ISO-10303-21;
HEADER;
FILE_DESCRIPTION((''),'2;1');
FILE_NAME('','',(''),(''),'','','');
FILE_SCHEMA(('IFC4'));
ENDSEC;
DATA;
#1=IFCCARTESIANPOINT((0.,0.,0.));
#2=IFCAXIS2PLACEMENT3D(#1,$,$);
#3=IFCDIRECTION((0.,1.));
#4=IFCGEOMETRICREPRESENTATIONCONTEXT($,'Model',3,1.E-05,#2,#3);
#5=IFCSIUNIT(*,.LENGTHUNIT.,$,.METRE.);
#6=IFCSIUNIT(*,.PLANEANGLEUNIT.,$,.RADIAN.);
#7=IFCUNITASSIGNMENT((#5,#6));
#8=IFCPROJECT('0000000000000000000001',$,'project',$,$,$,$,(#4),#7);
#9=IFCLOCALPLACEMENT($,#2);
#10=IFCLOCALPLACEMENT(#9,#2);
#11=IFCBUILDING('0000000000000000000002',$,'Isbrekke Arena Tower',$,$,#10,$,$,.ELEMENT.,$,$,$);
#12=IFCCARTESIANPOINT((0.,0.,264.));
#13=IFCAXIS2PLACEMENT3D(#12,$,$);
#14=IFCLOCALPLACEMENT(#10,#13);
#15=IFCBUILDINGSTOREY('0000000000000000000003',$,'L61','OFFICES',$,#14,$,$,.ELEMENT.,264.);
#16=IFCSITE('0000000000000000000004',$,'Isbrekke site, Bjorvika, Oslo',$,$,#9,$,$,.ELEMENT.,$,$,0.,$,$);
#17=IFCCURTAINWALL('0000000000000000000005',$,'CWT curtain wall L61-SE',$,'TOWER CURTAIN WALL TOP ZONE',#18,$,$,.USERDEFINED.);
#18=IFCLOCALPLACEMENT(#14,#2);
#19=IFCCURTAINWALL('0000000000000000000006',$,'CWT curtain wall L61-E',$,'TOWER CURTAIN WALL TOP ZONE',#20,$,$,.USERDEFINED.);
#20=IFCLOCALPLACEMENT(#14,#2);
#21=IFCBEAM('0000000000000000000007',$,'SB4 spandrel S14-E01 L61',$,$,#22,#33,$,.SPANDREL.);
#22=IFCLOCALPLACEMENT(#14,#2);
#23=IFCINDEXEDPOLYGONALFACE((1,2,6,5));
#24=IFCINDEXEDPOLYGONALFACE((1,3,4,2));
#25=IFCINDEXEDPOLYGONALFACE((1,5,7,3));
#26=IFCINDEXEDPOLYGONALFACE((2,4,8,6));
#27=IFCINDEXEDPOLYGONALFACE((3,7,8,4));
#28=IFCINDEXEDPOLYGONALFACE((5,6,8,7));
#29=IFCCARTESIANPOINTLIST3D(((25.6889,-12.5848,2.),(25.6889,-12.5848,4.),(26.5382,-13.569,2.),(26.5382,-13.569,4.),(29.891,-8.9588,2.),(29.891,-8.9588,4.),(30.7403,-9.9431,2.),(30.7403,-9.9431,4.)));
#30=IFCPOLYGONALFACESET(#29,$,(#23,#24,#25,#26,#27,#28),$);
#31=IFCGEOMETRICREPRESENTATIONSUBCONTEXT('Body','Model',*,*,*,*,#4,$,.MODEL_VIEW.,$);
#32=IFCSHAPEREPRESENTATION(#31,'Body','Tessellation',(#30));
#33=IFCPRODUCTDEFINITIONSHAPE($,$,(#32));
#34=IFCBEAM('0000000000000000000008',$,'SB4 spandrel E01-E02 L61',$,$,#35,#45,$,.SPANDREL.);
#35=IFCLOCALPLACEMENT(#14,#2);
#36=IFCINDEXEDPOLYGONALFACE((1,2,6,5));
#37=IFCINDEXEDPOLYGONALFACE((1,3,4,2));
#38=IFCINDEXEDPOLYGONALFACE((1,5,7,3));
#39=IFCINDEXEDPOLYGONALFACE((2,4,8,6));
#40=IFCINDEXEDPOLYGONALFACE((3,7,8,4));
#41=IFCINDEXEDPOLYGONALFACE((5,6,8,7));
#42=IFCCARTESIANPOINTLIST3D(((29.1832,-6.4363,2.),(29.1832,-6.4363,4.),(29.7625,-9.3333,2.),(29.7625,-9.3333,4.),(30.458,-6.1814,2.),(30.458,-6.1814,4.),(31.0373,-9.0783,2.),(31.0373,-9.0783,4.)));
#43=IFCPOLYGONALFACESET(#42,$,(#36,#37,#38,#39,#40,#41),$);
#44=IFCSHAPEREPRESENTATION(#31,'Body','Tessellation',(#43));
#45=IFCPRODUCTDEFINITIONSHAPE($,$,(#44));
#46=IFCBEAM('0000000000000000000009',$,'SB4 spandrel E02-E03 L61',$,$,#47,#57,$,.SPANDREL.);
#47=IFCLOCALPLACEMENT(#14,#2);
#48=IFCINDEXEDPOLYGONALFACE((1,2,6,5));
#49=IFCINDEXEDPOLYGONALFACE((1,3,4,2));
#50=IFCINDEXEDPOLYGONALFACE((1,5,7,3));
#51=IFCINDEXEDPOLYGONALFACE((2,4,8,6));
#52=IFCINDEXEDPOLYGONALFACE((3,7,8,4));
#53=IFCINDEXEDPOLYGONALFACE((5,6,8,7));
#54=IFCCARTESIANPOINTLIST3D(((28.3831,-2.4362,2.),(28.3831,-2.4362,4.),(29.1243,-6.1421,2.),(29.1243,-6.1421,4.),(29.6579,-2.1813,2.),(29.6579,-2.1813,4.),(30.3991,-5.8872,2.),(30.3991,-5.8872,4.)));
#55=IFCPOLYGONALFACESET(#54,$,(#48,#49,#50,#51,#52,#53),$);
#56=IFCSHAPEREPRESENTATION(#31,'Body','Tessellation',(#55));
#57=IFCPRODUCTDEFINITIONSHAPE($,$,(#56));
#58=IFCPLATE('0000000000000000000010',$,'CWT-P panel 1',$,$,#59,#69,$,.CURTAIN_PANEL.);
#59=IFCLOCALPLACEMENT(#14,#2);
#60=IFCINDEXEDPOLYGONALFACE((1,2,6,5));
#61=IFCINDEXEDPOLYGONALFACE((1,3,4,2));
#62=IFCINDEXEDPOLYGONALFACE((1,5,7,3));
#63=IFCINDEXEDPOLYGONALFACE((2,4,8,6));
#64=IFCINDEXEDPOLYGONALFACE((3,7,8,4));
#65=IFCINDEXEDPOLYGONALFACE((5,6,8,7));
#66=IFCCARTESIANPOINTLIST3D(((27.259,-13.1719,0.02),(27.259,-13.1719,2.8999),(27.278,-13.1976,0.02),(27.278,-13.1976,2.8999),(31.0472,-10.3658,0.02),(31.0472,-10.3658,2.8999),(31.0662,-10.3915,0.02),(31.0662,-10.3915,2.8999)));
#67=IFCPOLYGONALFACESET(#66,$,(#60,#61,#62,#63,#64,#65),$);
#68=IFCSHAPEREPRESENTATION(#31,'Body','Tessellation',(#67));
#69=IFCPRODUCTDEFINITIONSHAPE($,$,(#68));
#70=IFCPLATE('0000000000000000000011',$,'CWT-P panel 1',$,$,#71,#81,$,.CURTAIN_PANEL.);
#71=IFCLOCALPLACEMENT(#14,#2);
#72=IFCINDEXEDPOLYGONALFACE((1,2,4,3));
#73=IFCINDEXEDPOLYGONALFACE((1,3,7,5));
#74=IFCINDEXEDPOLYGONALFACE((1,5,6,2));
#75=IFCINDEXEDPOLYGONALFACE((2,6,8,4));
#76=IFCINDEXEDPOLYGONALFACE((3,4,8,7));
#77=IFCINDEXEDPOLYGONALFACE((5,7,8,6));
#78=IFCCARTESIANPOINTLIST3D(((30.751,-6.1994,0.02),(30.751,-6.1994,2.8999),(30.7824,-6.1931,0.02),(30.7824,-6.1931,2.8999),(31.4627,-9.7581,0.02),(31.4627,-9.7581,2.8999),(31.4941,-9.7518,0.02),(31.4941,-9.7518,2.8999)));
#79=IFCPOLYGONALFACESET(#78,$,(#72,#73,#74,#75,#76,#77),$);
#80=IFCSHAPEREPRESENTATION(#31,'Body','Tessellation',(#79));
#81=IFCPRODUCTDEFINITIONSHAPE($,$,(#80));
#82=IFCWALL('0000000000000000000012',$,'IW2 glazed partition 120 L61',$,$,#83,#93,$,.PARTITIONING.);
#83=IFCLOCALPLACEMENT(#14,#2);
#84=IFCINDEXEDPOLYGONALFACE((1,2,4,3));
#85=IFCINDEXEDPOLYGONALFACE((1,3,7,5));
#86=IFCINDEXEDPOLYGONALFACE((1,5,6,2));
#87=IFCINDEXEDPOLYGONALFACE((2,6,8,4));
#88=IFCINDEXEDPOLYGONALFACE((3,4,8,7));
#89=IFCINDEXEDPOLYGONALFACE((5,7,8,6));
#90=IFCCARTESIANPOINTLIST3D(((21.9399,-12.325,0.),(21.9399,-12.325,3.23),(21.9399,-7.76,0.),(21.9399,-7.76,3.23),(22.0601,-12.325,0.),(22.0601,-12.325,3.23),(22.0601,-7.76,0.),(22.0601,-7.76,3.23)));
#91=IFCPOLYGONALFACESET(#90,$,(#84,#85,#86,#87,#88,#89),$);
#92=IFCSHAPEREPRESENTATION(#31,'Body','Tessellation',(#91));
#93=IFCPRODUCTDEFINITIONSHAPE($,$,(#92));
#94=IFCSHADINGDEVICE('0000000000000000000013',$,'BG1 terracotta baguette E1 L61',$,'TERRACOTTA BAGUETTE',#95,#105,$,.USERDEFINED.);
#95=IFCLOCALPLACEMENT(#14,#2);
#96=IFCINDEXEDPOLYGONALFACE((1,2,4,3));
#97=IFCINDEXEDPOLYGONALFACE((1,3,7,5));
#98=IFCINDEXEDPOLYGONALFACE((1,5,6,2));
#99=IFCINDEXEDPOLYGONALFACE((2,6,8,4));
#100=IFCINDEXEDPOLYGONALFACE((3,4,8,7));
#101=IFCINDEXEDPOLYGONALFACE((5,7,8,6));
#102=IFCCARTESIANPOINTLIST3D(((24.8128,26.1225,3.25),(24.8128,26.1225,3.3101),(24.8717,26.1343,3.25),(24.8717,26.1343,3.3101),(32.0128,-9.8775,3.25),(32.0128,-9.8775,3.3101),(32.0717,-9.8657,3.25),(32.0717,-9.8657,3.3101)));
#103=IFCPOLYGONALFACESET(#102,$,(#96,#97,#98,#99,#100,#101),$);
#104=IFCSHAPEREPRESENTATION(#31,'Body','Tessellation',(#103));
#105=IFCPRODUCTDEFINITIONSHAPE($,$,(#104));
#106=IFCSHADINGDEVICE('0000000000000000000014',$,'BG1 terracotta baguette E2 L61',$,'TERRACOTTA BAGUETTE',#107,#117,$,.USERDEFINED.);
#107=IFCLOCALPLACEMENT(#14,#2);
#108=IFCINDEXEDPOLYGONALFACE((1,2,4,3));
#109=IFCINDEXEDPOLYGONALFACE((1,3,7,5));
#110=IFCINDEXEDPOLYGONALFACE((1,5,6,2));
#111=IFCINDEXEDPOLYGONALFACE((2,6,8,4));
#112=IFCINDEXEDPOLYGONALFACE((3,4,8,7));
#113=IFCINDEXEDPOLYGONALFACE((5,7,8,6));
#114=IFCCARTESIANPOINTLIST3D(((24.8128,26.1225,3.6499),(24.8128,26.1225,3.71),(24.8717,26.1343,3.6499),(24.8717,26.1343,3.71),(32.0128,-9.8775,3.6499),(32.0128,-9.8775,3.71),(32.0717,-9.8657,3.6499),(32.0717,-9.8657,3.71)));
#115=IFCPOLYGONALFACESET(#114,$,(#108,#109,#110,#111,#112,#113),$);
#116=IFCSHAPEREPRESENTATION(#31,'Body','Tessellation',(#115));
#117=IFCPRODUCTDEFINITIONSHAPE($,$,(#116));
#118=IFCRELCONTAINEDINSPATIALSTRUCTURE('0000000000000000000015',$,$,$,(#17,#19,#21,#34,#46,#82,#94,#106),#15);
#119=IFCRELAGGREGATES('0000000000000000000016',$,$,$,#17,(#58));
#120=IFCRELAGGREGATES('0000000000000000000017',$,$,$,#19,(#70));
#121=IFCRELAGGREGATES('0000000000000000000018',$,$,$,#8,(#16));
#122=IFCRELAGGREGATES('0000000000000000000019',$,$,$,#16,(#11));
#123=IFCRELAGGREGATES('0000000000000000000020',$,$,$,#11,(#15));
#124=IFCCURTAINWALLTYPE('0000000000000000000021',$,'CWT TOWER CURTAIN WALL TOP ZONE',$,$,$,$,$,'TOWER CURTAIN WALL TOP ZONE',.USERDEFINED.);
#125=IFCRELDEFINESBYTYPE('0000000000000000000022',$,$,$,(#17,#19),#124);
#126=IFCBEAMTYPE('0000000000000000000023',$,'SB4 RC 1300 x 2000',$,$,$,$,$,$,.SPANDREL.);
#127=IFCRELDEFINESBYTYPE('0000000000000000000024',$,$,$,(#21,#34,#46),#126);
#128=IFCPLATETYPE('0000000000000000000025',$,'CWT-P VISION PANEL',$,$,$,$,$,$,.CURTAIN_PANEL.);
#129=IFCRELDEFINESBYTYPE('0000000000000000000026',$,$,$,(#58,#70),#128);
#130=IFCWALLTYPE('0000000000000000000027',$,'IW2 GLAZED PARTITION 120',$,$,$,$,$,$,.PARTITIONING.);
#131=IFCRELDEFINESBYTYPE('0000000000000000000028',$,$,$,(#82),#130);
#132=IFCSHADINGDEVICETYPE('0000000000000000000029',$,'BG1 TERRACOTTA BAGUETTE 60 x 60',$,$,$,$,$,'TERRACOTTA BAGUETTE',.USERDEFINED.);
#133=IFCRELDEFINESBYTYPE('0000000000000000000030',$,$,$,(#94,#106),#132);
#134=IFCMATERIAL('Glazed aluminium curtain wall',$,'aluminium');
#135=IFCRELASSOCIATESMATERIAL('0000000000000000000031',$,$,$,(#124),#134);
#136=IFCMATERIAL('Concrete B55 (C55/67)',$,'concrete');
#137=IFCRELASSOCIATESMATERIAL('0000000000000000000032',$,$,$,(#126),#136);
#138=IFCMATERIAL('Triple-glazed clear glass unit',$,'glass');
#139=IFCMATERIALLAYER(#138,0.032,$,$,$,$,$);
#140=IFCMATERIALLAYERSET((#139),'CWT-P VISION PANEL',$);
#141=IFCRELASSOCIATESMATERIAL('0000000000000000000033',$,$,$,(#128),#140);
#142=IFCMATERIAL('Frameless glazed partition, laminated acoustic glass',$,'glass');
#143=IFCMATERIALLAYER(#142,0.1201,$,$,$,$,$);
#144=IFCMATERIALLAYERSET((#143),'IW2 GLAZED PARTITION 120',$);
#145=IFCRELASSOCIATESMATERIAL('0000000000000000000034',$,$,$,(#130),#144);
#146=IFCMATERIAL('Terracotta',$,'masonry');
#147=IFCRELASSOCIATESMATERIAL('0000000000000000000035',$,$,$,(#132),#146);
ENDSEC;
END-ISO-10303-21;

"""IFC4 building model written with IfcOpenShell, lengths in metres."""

from ifc_helpers import new_model, si_unit, direction, frame, frame_2d, origin, origin_2d, place, context, subcontext, project, spatial, rectangle, extrude, material, layer, layer_set, material_profile, profile_set, type_object, element, aggregate, save


model = new_model("IFC4")

# Units and contexts
model_context = context("Model", 3, precision=1e-05, world=origin(), true_north=direction((0.0, 1.0)))
body_context = subcontext(model_context, "Body", "Model", "MODEL_VIEW")
ifc_project = project(units=[si_unit("LENGTHUNIT", "METRE"), si_unit("PLANEANGLEUNIT", "RADIAN")], contexts=[model_context])

# Site, building, storey
site_placement = place(None, origin())
site = spatial("IfcSite", under=ifc_project, at=site_placement, Name="Isbrekke site, Bjorvika, Oslo", CompositionType="ELEMENT", RefElevation=0.0)
building_placement = place(site_placement, origin())
building = spatial("IfcBuilding", under=site, at=building_placement, Name="Isbrekke Arena Tower", CompositionType="ELEMENT")
storey_placement = place(building_placement, frame((0.0, 0.0, 264.0)))
storey = spatial("IfcBuildingStorey", under=building, at=storey_placement, Name="L61", Description="OFFICES", CompositionType="ELEMENT", Elevation=264.0)

# Curtain wall
ifc_material_1 = material(Name="Glazed aluminium curtain wall", Category="aluminium")
curtain_wall_type = type_object("IfcCurtainWallType", Name="CWT TOWER CURTAIN WALL TOP ZONE", ElementType="TOWER CURTAIN WALL TOP ZONE", PredefinedType="USERDEFINED", material=ifc_material_1)
curtain_wall_1_placement = place(storey_placement, origin())
curtain_wall_1 = element("IfcCurtainWall", 1, at=curtain_wall_1_placement, inside=storey, type_object=curtain_wall_type, Name="CWT curtain wall L61-SE", ObjectType="TOWER CURTAIN WALL TOP ZONE", PredefinedType="USERDEFINED")

# Curtain wall
curtain_wall_2_placement = place(storey_placement, origin())
curtain_wall_2 = element("IfcCurtainWall", 2, at=curtain_wall_2_placement, inside=storey, type_object=curtain_wall_type, Name="CWT curtain wall L61-E", ObjectType="TOWER CURTAIN WALL TOP ZONE", PredefinedType="USERDEFINED")

# Beams
ifc_material_2 = material(Name="Concrete B55 (C55/67)", Category="concrete")
ifc_material_profile_1 = material_profile(ifc_material_2, rectangle(XDim=1.3, YDim=2.0, at=origin_2d()), Name="RC 1300x2000")
ifc_profile_set_1 = profile_set([ifc_material_profile_1], Name="Concrete B55 (C55/67)")
beam_type_1 = type_object("IfcBeamType", Name="SB4 RC 1300 x 2000", PredefinedType="SPANDREL", material=ifc_profile_set_1)
beam_1_placement = place(storey_placement, frame((26.1135, -13.0769, 3.0), z_axis=(0.757104, 0.653295, 0.0), x_axis=(-0.653295, 0.757104, 0.0)))
element("IfcBeam", 3, at=beam_1_placement, inside=storey, type_object=beam_type_1, Name="SB4 spandrel S14-E01 L61", PredefinedType="SPANDREL", context=body_context, shape_type="SweptSolid", body=[
    extrude(rectangle(XDim=1.3, YDim=2.0, at=origin_2d()), origin(), (0.0, 0.0, 1.0), 5.5503),
])
beam_2_placement = place(storey_placement, frame((30.3999, -9.2058, 3.0), z_axis=(-0.1961, 0.980584, 0.0), x_axis=(-0.980584, -0.1961, 0.0)))
element("IfcBeam", 4, at=beam_2_placement, inside=storey, type_object=beam_type_1, Name="SB4 spandrel E01-E02 L61", PredefinedType="SPANDREL", context=body_context, shape_type="SweptSolid", body=[
    extrude(rectangle(XDim=1.3, YDim=2.0, at=origin_2d()), origin(), (0.0, 0.0, 1.0), 2.9543),
])
beam_3_placement = place(storey_placement, frame((29.7617, -6.0146, 3.0), z_axis=(-0.196129, 0.980578, 0.0), x_axis=(-0.980578, -0.196129, 0.0)))
element("IfcBeam", 5, at=beam_3_placement, inside=storey, type_object=beam_type_1, Name="SB4 spandrel E02-E03 L61", PredefinedType="SPANDREL", context=body_context, shape_type="SweptSolid", body=[
    extrude(rectangle(XDim=1.3, YDim=2.0, at=origin_2d()), origin(), (0.0, 0.0, 1.0), 3.7793),
])

# Plates
ifc_material_3 = material(Name="Triple-glazed clear glass unit", Category="glass")
ifc_layer_1 = layer(ifc_material_3, 0.032)
ifc_layer_set_1 = layer_set([ifc_layer_1], Name="CWT-P VISION PANEL")
plate_type = type_object("IfcPlateType", Name="CWT-P VISION PANEL", PredefinedType="CURTAIN_PANEL", material=ifc_layer_set_1)
plate_1_placement = place(storey_placement, frame((29.1626, -11.7817, 0.02), z_axis=(0.0, 0.0, 1.0), x_axis=(0.803557, 0.595228, 0.0)))
plate_1 = element("IfcPlate", 6, at=plate_1_placement, type_object=plate_type, Name="CWT-P panel 1", PredefinedType="CURTAIN_PANEL", context=body_context, shape_type="SweptSolid", body=[
    extrude(rectangle(XDim=4.7144, YDim=0.032, at=origin_2d()), origin(), (0.0, 0.0, 1.0), 2.8799),
])
aggregate(curtain_wall_1, [plate_1])
plate_2_placement = place(storey_placement, frame((31.1226, -7.9756, 0.02), z_axis=(0.0, 0.0, 1.0), x_axis=(-0.196116, 0.980581, 0.0)))
plate_2 = element("IfcPlate", 7, at=plate_2_placement, type_object=plate_type, Name="CWT-P panel 1", PredefinedType="CURTAIN_PANEL", context=body_context, shape_type="SweptSolid", body=[
    extrude(rectangle(XDim=3.6292, YDim=0.032, at=origin_2d()), origin(), (0.0, 0.0, 1.0), 2.8799),
])
aggregate(curtain_wall_2, [plate_2])

# Wall
ifc_material_4 = material(Name="Frameless glazed partition, laminated acoustic glass", Category="glass")
ifc_layer_2 = layer(ifc_material_4, 0.1201)
ifc_layer_set_2 = layer_set([ifc_layer_2], Name="IW2 GLAZED PARTITION 120")
wall_type = type_object("IfcWallType", Name="IW2 GLAZED PARTITION 120", PredefinedType="PARTITIONING", material=ifc_layer_set_2)
wall_placement = place(storey_placement, frame((22.0, -12.325, 0.0), z_axis=(0.0, 0.0, 1.0), x_axis=(0.0, 1.0, 0.0)))
element("IfcWall", 8, at=wall_placement, inside=storey, type_object=wall_type, Name="IW2 glazed partition 120 L61", PredefinedType="PARTITIONING", context=body_context, shape_type="SweptSolid", body=[
    extrude(rectangle(XDim=4.5649, YDim=0.1201, at=frame_2d((2.2825, 0.0))), origin(), (0.0, 0.0, 1.0), 3.23),
])

# Shading devices
ifc_material_5 = material(Name="Terracotta", Category="masonry")
ifc_material_profile_2 = material_profile(ifc_material_5, rectangle(XDim=0.0601, YDim=0.0601, at=origin_2d()), Name="BAGUETTE 60X60")
ifc_profile_set_2 = profile_set([ifc_material_profile_2], Name="Terracotta")
shading_device_type = type_object("IfcShadingDeviceType", Name="BG1 TERRACOTTA BAGUETTE 60 x 60", ElementType="TERRACOTTA BAGUETTE", PredefinedType="USERDEFINED", material=ifc_profile_set_2)
for number, where, z_axis, x_axis, name in (
    (9, (32.0422, -9.8716, 3.28), (-0.196115, 0.980581, 0.0), (-0.980581, -0.196115, 0.0), "BG1 terracotta baguette E1 L61"),
    (10, (32.0422, -9.8716, 3.6799), (-0.196115, 0.980581, 0.0), (-0.980581, -0.196115, 0.0), "BG1 terracotta baguette E2 L61"),
):
    element("IfcShadingDevice", number, at=place(storey_placement, frame(where, z_axis=z_axis, x_axis=x_axis)), inside=storey, type_object=shading_device_type, Name=name, ObjectType="TERRACOTTA BAGUETTE", PredefinedType="USERDEFINED", context=body_context, shape_type="SweptSolid", body=[
        extrude(rectangle(XDim=0.0601, YDim=0.0601, at=origin_2d()), origin(), (0.0, 0.0, 1.0), 36.7129),
    ])

save(model, "model.ifc")
